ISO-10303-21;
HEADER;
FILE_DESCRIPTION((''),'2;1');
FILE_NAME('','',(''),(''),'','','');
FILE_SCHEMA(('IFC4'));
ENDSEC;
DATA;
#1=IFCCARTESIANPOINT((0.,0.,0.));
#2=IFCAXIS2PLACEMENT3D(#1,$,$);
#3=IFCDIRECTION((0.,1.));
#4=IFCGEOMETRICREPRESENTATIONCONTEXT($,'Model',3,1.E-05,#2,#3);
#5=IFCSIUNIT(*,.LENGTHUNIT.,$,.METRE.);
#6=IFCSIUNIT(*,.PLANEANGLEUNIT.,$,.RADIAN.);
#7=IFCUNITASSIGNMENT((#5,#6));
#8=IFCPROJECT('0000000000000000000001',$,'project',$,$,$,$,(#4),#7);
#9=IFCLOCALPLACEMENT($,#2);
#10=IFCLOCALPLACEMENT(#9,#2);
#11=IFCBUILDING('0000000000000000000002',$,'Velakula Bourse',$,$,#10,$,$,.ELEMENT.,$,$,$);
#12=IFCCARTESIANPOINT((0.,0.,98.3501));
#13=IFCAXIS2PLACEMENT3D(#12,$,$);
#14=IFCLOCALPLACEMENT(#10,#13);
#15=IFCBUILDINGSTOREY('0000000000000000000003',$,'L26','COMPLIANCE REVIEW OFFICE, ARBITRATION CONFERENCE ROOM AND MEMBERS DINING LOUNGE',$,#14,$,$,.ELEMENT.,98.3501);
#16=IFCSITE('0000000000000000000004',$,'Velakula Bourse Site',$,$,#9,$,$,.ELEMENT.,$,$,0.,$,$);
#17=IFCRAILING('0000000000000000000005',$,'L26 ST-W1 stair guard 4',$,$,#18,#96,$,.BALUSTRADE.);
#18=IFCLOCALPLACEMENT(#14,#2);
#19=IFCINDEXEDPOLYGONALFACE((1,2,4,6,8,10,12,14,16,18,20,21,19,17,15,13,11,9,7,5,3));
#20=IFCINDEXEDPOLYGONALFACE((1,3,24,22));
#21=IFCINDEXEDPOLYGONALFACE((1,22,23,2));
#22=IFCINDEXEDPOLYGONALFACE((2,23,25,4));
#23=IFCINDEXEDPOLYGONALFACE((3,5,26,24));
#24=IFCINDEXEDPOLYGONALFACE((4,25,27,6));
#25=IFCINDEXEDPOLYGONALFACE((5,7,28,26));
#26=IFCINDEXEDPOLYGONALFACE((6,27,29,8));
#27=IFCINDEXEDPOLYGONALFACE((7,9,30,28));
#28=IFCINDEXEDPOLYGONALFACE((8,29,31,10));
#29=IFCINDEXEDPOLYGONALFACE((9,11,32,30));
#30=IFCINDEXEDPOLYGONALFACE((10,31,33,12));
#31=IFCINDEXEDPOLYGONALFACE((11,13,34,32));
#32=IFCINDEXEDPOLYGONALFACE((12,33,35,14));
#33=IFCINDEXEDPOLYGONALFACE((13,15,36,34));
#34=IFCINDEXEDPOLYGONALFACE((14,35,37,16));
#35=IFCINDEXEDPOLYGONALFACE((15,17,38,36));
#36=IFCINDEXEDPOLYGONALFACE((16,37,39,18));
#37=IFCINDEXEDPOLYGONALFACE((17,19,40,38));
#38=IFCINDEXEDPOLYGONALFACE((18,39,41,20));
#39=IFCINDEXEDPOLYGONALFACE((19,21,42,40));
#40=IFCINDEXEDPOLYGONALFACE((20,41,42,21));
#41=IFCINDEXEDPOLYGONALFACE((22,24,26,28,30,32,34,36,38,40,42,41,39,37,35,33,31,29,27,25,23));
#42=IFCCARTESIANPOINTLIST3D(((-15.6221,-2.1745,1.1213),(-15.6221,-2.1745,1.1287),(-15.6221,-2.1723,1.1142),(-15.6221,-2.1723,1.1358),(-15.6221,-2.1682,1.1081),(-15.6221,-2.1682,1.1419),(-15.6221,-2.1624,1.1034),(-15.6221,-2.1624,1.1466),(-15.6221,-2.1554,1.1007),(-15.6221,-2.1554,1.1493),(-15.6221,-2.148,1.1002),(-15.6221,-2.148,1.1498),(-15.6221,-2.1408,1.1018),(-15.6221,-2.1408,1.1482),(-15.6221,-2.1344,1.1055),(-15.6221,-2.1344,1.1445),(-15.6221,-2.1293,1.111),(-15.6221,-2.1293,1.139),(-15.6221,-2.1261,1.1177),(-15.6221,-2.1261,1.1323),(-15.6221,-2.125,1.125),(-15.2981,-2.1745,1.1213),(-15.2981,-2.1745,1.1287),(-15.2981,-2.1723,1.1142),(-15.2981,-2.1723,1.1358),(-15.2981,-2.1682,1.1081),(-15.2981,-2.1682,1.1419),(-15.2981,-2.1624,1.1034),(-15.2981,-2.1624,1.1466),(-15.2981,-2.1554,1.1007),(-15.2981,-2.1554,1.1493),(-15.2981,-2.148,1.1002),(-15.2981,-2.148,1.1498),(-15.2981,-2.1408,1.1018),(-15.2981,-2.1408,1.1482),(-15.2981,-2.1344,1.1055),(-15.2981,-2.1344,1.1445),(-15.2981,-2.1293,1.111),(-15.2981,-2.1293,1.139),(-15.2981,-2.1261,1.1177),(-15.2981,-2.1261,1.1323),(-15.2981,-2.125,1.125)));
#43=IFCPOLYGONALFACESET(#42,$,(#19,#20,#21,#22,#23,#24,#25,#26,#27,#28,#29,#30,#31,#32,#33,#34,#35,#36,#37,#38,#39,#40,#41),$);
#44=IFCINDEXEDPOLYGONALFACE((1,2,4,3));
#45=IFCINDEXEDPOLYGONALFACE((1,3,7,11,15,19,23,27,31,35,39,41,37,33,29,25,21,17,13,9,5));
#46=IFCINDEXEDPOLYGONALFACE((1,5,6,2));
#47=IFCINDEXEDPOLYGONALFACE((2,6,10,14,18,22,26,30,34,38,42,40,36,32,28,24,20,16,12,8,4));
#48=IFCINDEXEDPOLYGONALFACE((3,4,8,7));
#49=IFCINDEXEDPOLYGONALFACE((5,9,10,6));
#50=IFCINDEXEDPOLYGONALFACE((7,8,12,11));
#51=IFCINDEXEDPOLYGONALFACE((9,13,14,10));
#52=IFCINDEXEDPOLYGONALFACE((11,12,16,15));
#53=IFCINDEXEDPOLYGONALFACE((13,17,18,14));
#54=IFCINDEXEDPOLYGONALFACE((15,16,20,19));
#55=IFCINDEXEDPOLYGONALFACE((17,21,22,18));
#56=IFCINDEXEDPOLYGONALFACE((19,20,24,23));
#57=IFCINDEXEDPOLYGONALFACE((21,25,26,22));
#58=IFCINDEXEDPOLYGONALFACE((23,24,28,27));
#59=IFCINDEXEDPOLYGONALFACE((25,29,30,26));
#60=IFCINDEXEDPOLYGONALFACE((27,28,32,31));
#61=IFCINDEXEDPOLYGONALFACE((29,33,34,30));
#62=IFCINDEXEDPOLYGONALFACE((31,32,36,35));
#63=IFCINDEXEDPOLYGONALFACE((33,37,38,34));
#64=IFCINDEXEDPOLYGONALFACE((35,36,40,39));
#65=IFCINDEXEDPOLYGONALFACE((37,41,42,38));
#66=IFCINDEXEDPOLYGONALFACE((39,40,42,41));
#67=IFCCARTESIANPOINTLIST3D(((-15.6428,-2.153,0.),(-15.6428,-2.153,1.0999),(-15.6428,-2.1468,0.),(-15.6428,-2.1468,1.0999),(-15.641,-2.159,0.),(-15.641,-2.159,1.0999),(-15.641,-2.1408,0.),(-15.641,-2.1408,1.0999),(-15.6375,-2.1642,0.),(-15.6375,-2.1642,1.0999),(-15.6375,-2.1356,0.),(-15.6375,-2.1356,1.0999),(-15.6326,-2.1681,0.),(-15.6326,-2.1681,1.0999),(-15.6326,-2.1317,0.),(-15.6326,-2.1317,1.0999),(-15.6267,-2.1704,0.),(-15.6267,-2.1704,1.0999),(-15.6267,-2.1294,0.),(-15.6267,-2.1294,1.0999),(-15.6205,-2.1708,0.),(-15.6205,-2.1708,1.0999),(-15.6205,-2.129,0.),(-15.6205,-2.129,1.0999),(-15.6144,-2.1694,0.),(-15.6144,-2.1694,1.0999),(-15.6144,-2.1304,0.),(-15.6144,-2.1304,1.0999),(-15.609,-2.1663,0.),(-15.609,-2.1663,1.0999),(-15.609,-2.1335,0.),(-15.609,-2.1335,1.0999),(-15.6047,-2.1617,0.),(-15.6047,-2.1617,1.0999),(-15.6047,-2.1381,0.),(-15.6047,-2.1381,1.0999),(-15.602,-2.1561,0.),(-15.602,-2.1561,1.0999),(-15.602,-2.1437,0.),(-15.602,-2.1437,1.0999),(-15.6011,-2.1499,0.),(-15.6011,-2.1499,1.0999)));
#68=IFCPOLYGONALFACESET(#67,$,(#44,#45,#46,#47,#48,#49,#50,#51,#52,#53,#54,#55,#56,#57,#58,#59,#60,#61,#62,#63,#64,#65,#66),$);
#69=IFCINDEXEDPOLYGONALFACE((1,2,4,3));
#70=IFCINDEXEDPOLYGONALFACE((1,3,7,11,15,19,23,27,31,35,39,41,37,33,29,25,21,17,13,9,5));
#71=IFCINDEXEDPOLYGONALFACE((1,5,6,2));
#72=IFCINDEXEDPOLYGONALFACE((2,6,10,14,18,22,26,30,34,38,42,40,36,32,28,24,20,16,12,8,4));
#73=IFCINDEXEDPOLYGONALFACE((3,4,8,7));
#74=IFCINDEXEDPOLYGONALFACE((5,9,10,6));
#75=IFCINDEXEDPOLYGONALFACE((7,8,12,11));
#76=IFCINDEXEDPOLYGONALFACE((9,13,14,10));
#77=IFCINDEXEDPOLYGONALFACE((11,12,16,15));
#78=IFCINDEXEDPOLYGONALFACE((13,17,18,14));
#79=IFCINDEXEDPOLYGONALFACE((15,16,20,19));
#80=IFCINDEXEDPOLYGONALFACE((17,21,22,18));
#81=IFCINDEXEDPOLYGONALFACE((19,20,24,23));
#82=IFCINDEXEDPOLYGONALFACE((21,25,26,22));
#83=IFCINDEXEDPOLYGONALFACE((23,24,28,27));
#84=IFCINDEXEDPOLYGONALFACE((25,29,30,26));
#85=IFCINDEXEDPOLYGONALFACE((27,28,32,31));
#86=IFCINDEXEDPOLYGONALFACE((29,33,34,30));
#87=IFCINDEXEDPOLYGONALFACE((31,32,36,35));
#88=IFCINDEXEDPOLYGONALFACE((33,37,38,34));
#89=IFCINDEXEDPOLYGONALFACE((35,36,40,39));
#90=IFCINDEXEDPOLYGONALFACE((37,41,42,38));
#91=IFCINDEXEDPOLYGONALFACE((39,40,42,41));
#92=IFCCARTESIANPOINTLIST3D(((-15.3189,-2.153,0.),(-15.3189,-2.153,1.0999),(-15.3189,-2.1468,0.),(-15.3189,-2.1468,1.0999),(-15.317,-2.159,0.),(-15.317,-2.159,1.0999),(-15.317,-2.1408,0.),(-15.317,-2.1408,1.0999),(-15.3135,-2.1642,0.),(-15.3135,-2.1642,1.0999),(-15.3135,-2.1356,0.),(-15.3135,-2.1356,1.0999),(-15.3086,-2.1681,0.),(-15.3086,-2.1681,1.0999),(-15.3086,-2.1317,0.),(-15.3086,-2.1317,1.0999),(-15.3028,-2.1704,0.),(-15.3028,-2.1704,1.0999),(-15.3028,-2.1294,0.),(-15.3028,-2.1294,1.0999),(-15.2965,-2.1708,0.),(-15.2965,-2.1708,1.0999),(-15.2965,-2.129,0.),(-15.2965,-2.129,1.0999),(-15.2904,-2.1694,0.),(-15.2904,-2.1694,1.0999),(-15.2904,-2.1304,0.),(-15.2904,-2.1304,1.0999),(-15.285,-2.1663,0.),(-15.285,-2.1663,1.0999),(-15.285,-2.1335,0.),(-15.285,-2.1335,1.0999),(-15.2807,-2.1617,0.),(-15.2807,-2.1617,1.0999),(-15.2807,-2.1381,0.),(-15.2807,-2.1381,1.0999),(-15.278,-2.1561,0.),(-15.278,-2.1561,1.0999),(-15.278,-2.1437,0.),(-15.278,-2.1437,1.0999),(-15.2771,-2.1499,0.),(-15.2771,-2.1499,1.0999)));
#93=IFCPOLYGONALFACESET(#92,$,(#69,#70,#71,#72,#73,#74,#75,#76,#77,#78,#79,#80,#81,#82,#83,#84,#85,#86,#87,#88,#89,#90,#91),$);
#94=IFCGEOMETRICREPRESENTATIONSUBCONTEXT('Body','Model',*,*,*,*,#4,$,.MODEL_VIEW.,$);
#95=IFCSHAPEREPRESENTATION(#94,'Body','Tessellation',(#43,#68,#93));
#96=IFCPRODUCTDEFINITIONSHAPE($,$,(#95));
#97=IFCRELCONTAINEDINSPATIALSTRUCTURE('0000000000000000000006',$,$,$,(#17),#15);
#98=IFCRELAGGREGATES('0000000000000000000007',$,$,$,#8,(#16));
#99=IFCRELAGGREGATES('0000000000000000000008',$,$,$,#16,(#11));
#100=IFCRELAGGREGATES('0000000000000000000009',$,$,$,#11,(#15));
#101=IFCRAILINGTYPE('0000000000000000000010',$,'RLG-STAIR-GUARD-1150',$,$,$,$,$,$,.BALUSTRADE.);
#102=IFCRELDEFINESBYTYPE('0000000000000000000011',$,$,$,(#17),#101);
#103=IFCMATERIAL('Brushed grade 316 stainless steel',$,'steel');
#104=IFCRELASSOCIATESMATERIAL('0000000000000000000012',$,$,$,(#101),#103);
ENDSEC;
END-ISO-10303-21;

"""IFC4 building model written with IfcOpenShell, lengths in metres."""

from ifc_helpers import new_model, si_unit, direction, frame, origin, origin_2d, place, context, subcontext, project, spatial, circle, extrude, material, type_object, element, save


model = new_model("IFC4")

# Units and contexts
model_context = context("Model", 3, precision=1e-05, world=origin(), true_north=direction((0.0, 1.0)))
body_context = subcontext(model_context, "Body", "Model", "MODEL_VIEW")
ifc_project = project(units=[si_unit("LENGTHUNIT", "METRE"), si_unit("PLANEANGLEUNIT", "RADIAN")], contexts=[model_context])

# Site, building, storey
site_placement = place(None, origin())
site = spatial("IfcSite", under=ifc_project, at=site_placement, Name="Velakula Bourse Site", CompositionType="ELEMENT", RefElevation=0.0)
building_placement = place(site_placement, origin())
building = spatial("IfcBuilding", under=site, at=building_placement, Name="Velakula Bourse", CompositionType="ELEMENT")
storey_placement = place(building_placement, frame((0.0, 0.0, 98.3501)))
storey = spatial("IfcBuildingStorey", under=building, at=storey_placement, Name="L26", Description="COMPLIANCE REVIEW OFFICE, ARBITRATION CONFERENCE ROOM AND MEMBERS DINING LOUNGE", CompositionType="ELEMENT", Elevation=98.3501)

# Shared definitions
ifc_material_1 = material(Name="Brushed grade 316 stainless steel", Category="steel")

# Railing
railing_type_1 = type_object("IfcRailingType", Name="RLG-STAIR-GUARD-1150", PredefinedType="BALUSTRADE", material=ifc_material_1)
railing_1_placement = place(storey_placement, frame((-15.6221, -2.1499, 0.0)))
element("IfcRailing", 1, at=railing_1_placement, inside=storey, type_object=railing_type_1, Name="L26 ST-W1 stair guard 4", PredefinedType="BALUSTRADE", context=body_context, shape_type="SweptSolid", body=[
    extrude(circle(Radius=0.0249, at=origin_2d()), frame((0.0, 0.0, 1.125), z_axis=(1.0, 0.0, 0.0), x_axis=(0.0, 1.0, 0.0)), (0.0, 0.0, 1.0), 0.324),
    extrude(circle(Radius=0.021, at=origin_2d()), origin(), (0.0, 0.0, 1.0), 1.0999),
    extrude(circle(Radius=0.021, at=origin_2d()), frame((0.324, 0.0, 0.0)), (0.0, 0.0, 1.0), 1.0999),
])

save(model, "model.ifc")
